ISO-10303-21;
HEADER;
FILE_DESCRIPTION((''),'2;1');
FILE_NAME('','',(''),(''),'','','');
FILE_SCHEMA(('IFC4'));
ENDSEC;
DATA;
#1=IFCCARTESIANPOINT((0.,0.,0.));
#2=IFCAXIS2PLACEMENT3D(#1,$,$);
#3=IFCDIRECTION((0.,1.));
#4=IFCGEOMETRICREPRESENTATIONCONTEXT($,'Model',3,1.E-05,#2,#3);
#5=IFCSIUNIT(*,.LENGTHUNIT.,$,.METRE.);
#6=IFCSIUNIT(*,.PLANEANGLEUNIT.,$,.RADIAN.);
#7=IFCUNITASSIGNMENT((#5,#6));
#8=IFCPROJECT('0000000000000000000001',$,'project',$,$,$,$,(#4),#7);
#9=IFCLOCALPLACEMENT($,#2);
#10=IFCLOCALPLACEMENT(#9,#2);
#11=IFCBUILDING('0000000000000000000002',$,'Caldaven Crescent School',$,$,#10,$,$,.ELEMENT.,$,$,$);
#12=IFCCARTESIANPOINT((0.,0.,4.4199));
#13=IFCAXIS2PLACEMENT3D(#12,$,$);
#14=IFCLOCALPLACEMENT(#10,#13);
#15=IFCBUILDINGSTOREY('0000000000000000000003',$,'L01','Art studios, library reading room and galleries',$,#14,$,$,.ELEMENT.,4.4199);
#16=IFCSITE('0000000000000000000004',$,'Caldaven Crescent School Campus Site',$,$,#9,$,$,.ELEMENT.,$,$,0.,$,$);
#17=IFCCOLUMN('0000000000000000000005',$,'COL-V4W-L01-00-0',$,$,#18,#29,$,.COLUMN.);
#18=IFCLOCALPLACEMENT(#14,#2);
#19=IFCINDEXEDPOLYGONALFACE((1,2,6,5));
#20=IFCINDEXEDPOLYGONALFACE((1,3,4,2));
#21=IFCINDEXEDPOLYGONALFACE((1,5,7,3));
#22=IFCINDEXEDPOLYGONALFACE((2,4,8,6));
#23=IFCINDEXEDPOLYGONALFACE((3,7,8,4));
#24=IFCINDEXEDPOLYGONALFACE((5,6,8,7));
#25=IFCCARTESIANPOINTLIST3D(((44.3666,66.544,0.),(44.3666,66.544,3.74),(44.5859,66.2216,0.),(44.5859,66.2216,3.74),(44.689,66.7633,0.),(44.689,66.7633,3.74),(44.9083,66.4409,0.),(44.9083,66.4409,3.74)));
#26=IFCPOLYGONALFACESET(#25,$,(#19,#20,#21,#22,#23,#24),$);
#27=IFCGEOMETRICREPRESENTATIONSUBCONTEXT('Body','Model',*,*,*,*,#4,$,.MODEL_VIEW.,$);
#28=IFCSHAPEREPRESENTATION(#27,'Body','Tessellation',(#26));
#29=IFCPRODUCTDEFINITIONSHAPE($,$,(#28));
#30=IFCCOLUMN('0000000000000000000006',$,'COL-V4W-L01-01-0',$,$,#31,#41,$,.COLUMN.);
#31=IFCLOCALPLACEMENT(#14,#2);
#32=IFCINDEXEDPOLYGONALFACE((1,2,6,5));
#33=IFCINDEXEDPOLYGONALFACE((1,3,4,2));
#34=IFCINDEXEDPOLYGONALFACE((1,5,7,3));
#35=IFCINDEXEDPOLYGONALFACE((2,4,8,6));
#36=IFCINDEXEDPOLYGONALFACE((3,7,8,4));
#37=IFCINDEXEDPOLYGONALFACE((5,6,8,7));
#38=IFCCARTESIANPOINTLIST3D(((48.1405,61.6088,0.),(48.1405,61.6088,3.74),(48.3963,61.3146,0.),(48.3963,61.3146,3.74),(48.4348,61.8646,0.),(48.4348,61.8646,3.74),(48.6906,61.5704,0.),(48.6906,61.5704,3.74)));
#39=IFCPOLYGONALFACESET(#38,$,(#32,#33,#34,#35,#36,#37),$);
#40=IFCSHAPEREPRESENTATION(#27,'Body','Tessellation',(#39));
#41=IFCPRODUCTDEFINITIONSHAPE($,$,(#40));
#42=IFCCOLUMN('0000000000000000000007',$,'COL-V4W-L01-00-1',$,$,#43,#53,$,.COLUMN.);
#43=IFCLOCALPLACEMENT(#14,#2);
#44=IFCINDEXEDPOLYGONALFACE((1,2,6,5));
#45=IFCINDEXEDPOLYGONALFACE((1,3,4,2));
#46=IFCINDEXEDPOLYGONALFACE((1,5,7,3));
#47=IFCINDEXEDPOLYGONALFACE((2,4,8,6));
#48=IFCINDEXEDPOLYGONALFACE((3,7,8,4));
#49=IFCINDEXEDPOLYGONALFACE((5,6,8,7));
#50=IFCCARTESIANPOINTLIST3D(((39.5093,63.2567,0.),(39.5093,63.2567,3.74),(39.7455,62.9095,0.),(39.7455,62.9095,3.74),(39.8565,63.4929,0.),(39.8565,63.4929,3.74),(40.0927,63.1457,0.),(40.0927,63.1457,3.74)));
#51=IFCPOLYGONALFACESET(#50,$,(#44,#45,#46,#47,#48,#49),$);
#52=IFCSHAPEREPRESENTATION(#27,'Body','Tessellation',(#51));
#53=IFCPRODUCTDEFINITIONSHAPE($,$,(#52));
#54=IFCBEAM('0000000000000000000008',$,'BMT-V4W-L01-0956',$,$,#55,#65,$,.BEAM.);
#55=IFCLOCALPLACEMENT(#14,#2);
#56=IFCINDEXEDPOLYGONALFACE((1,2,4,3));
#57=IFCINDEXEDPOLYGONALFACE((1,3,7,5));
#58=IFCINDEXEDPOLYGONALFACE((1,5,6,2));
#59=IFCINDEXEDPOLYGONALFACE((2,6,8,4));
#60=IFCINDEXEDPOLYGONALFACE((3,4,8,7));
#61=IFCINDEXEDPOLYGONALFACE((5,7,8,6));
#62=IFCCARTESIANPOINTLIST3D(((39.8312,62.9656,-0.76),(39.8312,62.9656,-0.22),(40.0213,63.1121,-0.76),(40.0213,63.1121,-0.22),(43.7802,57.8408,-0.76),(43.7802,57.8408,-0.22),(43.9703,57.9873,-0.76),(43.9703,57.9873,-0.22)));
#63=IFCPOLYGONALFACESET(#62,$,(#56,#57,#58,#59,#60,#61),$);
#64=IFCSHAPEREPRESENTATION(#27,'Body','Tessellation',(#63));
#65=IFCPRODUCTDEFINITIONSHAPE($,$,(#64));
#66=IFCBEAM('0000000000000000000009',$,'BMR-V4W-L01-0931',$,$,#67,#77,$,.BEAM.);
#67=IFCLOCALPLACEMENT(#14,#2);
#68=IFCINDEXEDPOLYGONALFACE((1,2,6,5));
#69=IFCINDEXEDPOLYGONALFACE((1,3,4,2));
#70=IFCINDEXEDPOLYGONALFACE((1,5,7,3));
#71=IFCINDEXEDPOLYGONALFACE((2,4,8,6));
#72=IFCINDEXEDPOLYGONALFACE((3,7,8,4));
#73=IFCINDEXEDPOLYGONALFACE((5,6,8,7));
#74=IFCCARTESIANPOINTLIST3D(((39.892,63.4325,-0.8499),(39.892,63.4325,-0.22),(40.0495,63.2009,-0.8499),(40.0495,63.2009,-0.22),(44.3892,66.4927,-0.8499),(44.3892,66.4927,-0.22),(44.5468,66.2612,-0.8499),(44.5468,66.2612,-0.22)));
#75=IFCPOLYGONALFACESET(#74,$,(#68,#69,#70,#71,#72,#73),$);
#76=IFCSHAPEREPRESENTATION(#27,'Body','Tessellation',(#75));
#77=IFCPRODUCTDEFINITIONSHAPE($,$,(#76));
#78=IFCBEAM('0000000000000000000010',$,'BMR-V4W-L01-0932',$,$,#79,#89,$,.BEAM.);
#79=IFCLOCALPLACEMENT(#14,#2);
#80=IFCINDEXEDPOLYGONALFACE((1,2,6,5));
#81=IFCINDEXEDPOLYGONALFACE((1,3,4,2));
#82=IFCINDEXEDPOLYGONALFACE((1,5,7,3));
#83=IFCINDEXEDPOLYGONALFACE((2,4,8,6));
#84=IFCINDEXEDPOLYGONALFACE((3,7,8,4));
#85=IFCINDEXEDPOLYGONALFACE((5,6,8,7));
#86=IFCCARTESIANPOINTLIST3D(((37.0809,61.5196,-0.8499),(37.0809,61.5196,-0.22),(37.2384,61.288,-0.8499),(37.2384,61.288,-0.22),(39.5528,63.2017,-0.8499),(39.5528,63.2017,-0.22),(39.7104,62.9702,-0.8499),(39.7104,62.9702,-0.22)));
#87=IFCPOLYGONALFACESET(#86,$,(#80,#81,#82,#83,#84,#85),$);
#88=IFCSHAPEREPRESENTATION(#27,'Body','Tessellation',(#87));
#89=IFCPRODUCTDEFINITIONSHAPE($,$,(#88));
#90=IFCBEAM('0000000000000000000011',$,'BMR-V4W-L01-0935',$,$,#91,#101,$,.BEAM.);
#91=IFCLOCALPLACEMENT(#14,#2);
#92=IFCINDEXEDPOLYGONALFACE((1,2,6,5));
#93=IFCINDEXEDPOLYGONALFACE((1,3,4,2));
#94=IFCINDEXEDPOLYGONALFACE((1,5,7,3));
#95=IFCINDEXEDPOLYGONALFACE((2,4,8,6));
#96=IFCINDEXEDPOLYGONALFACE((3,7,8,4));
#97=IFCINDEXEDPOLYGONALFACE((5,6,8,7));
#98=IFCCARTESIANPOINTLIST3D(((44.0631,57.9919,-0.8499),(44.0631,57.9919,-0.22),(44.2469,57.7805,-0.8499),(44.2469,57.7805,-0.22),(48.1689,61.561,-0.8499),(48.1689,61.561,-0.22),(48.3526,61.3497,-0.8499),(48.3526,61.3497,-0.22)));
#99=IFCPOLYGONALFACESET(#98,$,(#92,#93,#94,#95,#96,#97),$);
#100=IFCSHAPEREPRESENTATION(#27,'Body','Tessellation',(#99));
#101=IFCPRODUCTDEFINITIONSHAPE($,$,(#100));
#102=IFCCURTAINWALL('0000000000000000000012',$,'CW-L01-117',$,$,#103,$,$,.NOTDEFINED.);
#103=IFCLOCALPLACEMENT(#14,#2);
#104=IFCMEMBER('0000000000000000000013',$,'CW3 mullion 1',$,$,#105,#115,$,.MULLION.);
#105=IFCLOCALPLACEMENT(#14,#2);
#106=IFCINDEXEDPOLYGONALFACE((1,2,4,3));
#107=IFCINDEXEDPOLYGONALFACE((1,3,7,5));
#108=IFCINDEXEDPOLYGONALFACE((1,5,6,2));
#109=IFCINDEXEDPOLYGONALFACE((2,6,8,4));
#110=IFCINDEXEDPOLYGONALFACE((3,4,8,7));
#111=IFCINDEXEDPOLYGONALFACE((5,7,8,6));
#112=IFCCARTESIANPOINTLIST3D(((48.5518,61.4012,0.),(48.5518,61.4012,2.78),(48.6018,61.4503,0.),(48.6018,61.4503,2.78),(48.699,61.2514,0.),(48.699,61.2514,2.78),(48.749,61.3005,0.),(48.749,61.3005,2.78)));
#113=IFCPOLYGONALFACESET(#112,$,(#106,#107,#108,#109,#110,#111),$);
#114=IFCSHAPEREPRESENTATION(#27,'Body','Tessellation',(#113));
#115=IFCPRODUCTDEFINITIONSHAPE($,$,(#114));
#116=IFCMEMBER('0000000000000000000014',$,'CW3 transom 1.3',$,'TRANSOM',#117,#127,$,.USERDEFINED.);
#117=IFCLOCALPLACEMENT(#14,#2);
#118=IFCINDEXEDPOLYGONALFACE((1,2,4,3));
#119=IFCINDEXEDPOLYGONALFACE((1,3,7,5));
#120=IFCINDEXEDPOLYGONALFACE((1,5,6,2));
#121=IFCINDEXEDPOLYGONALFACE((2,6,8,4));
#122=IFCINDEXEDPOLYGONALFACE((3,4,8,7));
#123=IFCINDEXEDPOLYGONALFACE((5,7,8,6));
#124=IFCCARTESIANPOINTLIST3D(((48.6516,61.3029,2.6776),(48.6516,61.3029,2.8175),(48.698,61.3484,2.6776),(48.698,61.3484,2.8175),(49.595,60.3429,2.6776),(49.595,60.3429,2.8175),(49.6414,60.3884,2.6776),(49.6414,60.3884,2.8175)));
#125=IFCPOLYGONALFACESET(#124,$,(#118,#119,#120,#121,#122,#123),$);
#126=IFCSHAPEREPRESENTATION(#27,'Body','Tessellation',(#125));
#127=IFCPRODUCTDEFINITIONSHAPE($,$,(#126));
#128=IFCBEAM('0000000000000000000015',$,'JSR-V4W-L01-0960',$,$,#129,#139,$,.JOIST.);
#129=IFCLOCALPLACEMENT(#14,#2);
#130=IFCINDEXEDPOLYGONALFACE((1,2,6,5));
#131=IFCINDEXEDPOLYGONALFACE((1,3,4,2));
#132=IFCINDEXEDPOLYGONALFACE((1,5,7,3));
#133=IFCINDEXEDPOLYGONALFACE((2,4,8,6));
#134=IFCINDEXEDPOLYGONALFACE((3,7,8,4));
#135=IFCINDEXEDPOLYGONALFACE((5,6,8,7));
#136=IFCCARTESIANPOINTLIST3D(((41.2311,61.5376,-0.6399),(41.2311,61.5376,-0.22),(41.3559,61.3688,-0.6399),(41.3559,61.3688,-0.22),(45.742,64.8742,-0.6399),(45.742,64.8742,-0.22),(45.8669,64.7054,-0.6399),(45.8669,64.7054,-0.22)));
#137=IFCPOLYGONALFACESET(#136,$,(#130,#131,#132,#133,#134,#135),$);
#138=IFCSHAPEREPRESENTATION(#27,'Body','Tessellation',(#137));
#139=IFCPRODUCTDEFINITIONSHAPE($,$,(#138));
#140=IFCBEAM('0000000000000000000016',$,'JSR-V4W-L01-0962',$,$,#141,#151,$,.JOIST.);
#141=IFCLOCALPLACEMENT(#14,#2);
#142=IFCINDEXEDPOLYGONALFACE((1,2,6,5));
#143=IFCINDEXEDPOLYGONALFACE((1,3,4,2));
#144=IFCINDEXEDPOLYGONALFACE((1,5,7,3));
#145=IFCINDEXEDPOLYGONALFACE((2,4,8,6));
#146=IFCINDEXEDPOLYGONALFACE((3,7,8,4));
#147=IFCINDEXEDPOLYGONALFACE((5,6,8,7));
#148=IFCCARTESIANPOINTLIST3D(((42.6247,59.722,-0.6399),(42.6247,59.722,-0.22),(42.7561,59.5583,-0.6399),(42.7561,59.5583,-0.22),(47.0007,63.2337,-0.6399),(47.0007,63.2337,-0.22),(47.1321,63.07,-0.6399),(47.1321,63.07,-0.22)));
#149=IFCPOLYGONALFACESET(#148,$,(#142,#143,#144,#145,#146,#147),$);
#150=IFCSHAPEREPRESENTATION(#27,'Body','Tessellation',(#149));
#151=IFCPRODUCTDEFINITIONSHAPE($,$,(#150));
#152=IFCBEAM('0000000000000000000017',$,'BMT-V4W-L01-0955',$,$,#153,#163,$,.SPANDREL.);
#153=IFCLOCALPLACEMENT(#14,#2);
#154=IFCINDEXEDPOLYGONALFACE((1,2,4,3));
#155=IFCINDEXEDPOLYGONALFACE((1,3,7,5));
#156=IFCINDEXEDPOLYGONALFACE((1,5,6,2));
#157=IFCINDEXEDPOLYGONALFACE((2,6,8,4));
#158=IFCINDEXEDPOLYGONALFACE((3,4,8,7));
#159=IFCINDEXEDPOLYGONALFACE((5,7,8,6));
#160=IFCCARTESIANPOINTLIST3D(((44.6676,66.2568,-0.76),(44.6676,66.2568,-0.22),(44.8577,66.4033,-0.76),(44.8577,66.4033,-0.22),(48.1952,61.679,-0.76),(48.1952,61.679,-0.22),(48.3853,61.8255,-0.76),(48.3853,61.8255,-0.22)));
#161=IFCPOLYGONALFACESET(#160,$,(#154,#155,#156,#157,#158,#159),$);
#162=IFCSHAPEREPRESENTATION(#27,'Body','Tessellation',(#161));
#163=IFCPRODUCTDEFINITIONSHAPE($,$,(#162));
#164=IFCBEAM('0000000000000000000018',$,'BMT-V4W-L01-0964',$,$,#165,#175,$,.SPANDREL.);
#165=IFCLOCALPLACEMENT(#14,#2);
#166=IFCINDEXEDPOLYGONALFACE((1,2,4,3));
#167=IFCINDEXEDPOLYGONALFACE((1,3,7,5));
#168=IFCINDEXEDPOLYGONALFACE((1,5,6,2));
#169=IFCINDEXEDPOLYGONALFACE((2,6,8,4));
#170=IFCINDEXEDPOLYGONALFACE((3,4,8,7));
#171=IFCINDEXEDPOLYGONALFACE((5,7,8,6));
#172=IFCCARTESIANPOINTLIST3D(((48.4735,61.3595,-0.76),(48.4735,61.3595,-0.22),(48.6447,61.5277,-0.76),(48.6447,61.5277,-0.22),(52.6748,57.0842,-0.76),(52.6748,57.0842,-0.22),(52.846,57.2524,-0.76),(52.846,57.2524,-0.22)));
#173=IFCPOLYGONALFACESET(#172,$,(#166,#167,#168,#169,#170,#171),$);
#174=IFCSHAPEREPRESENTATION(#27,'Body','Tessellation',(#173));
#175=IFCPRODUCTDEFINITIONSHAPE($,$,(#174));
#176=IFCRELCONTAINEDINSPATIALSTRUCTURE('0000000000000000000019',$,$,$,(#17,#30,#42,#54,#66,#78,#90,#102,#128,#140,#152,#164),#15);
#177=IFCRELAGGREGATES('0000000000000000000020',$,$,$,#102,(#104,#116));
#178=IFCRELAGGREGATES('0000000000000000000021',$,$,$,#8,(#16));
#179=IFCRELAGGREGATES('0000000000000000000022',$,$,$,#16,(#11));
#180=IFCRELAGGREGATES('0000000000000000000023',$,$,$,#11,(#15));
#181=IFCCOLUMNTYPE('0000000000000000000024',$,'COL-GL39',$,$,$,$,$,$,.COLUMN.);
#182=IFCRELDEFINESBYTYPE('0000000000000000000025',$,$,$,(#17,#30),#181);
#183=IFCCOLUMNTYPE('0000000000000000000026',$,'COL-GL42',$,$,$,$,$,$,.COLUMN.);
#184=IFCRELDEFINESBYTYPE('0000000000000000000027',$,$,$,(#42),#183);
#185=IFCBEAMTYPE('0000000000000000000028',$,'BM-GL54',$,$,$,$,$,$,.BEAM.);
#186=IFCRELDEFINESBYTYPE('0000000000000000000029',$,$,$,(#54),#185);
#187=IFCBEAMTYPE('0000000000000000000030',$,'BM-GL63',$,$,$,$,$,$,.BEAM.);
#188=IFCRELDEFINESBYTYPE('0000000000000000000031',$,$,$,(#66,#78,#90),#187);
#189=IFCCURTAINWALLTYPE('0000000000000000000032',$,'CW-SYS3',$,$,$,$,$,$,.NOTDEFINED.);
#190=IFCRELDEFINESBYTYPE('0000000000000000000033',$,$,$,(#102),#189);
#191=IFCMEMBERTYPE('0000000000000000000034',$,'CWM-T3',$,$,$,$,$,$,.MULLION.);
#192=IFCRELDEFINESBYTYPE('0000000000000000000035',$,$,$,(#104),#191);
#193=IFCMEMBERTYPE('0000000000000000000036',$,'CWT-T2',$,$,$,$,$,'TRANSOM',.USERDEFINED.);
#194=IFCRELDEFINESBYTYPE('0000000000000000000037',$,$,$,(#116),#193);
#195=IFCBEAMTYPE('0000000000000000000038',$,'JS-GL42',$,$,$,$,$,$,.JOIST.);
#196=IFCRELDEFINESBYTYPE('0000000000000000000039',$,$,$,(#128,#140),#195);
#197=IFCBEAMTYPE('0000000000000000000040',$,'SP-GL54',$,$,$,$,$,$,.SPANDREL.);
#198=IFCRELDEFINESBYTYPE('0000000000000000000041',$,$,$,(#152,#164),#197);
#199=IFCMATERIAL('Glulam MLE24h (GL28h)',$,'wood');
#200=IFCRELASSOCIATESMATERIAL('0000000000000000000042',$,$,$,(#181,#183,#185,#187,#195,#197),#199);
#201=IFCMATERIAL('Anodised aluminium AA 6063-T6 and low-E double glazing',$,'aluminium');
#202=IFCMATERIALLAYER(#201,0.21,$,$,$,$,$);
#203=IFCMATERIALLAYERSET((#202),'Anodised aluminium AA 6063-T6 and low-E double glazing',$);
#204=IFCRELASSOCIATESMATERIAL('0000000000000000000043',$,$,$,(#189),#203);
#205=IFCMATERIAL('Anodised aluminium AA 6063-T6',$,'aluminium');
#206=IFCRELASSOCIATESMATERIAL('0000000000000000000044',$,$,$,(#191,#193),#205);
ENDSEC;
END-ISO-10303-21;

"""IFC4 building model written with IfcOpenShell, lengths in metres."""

from ifc_helpers import new_model, si_unit, direction, frame, origin, origin_2d, place, context, subcontext, project, spatial, rectangle, extrude, material, layer, layer_set, material_profile, profile_set, type_object, element, aggregate, save


model = new_model("IFC4")

# Units and contexts
model_context = context("Model", 3, precision=1e-05, world=origin(), true_north=direction((0.0, 1.0)))
body_context = subcontext(model_context, "Body", "Model", "MODEL_VIEW")
ifc_project = project(units=[si_unit("LENGTHUNIT", "METRE"), si_unit("PLANEANGLEUNIT", "RADIAN")], contexts=[model_context])

# Site, building, storey
site_placement = place(None, origin())
site = spatial("IfcSite", under=ifc_project, at=site_placement, Name="Caldaven Crescent School Campus Site", CompositionType="ELEMENT", RefElevation=0.0)
building_placement = place(site_placement, origin())
building = spatial("IfcBuilding", under=site, at=building_placement, Name="Caldaven Crescent School", CompositionType="ELEMENT")
storey_placement = place(building_placement, frame((0.0, 0.0, 4.4199)))
storey = spatial("IfcBuildingStorey", under=building, at=storey_placement, Name="L01", Description="Art studios, library reading room and galleries", CompositionType="ELEMENT", Elevation=4.4199)

# Columns
ifc_material_1 = material(Name="Glulam MLE24h (GL28h)", Category="wood")
ifc_material_profile_1 = material_profile(ifc_material_1, rectangle(XDim=0.3899, YDim=0.3899, at=origin_2d()), Name="MLE 390x390")
ifc_profile_set_1 = profile_set([ifc_material_profile_1], Name="Glulam MLE24h (GL28h)")
column_type_1 = type_object("IfcColumnType", Name="COL-GL39", PredefinedType="COLUMN", material=ifc_profile_set_1)
for number, where, z_axis, x_axis, name in (
    (1, (44.6375, 66.4924, 0.0), (0.0, 0.0, 1.0), (-0.826786, -0.562516, 0.0), "COL-V4W-L01-00-0"),
    (2, (48.4155, 61.5896, 0.0), (0.0, 0.0, 1.0), (-0.75471, -0.656059, 0.0), "COL-V4W-L01-01-0"),
):
    element("IfcColumn", number, at=place(storey_placement, frame(where, z_axis=z_axis, x_axis=x_axis)), inside=storey, type_object=column_type_1, Name=name, PredefinedType="COLUMN", context=body_context, shape_type="SweptSolid", body=[
        extrude(rectangle(XDim=0.3899, YDim=0.3899, at=origin_2d()), origin(), (0.0, 0.0, 1.0), 3.74),
    ])
ifc_material_profile_2 = material_profile(ifc_material_1, rectangle(XDim=0.4199, YDim=0.4199, at=origin_2d()), Name="MLE 420x420")
ifc_profile_set_2 = profile_set([ifc_material_profile_2], Name="Glulam MLE24h (GL28h)")
column_type_2 = type_object("IfcColumnType", Name="COL-GL42", PredefinedType="COLUMN", material=ifc_profile_set_2)
column_placement = place(storey_placement, frame((39.801, 63.2012, 0.0), z_axis=(0.0, 0.0, 1.0), x_axis=(-0.826786, -0.562516, 0.0)))
element("IfcColumn", 3, at=column_placement, inside=storey, type_object=column_type_2, Name="COL-V4W-L01-00-1", PredefinedType="COLUMN", context=body_context, shape_type="SweptSolid", body=[
    extrude(rectangle(XDim=0.4199, YDim=0.4199, at=origin_2d()), origin(), (0.0, 0.0, 1.0), 3.74),
])

# Beams
ifc_material_profile_3 = material_profile(ifc_material_1, rectangle(XDim=0.24, YDim=0.54, at=origin_2d()), Name="MLE 240x540")
ifc_profile_set_3 = profile_set([ifc_material_profile_3], Name="Glulam MLE24h (GL28h)")
beam_type_1 = type_object("IfcBeamType", Name="BM-GL54", PredefinedType="BEAM", material=ifc_profile_set_3)
beam_1_placement = place(storey_placement, frame((39.9263, 63.0388, -0.49), z_axis=(0.610376, -0.792112, 0.0), x_axis=(0.792112, 0.610376, 0.0)))
element("IfcBeam", 4, at=beam_1_placement, inside=storey, type_object=beam_type_1, Name="BMT-V4W-L01-0956", PredefinedType="BEAM", context=body_context, shape_type="SweptSolid", body=[
    extrude(rectangle(XDim=0.24, YDim=0.54, at=origin_2d()), origin(), (0.0, 0.0, 1.0), 6.4697),
])
ifc_material_profile_4 = material_profile(ifc_material_1, rectangle(XDim=0.28, YDim=0.6299, at=origin_2d()), Name="MLE 280x630")
ifc_profile_set_4 = profile_set([ifc_material_profile_4], Name="Glulam MLE24h (GL28h)")
beam_type_2 = type_object("IfcBeamType", Name="BM-GL63", PredefinedType="BEAM", material=ifc_profile_set_4)
beam_2_placement = place(storey_placement, frame((44.468, 66.377, -0.5349), z_axis=(-0.826744, -0.562578, 0.0), x_axis=(0.562578, -0.826744, 0.0)))
element("IfcBeam", 5, at=beam_2_placement, inside=storey, type_object=beam_type_2, Name="BMR-V4W-L01-0931", PredefinedType="BEAM", context=body_context, shape_type="SweptSolid", body=[
    extrude(rectangle(XDim=0.28, YDim=0.6299, at=origin_2d()), origin(), (0.0, 0.0, 1.0), 5.4397),
])
beam_3_placement = place(storey_placement, frame((39.6316, 63.0859, -0.5349), z_axis=(-0.826737, -0.562589, 0.0), x_axis=(0.562589, -0.826737, 0.0)))
element("IfcBeam", 6, at=beam_3_placement, inside=storey, type_object=beam_type_2, Name="BMR-V4W-L01-0932", PredefinedType="BEAM", context=body_context, shape_type="SweptSolid", body=[
    extrude(rectangle(XDim=0.28, YDim=0.6299, at=origin_2d()), origin(), (0.0, 0.0, 1.0), 2.99),
])
beam_4_placement = place(storey_placement, frame((48.2607, 61.4553, -0.5349), z_axis=(-0.754705, -0.656064, 0.0), x_axis=(0.656064, -0.754705, 0.0)))
element("IfcBeam", 7, at=beam_4_placement, inside=storey, type_object=beam_type_2, Name="BMR-V4W-L01-0935", PredefinedType="BEAM", context=body_context, shape_type="SweptSolid", body=[
    extrude(rectangle(XDim=0.28, YDim=0.6299, at=origin_2d()), origin(), (0.0, 0.0, 1.0), 5.4402),
])

# Curtain wall, members
ifc_material_2 = material(Name="Anodised aluminium AA 6063-T6 and low-E double glazing", Category="aluminium")
ifc_layer_1 = layer(ifc_material_2, 0.21)
ifc_layer_set_1 = layer_set([ifc_layer_1], Name="Anodised aluminium AA 6063-T6 and low-E double glazing")
curtain_wall_type = type_object("IfcCurtainWallType", Name="CW-SYS3", PredefinedType="NOTDEFINED", material=ifc_layer_set_1)
curtain_wall_placement = place(storey_placement, origin())
curtain_wall = element("IfcCurtainWall", 8, at=curtain_wall_placement, inside=storey, type_object=curtain_wall_type, Name="CW-L01-117", PredefinedType="NOTDEFINED")
ifc_material_3 = material(Name="Anodised aluminium AA 6063-T6", Category="aluminium")
ifc_material_profile_5 = material_profile(ifc_material_3, rectangle(XDim=0.0701, YDim=0.21, at=origin_2d()), Name="CWM 70x210")
ifc_profile_set_5 = profile_set([ifc_material_profile_5], Name="Anodised aluminium AA 6063-T6")
member_type_1 = type_object("IfcMemberType", Name="CWM-T3", PredefinedType="MULLION", material=ifc_profile_set_5)
member_1_placement = place(storey_placement, frame((48.6504, 61.3508, 0.0), z_axis=(0.0, 0.0, 1.0), x_axis=(0.713251, 0.700909, 0.0)))
member_1 = element("IfcMember", 9, at=member_1_placement, type_object=member_type_1, Name="CW3 mullion 1", PredefinedType="MULLION", context=body_context, shape_type="SweptSolid", body=[
    extrude(rectangle(XDim=0.0701, YDim=0.21, at=origin_2d()), origin(), (0.0, 0.0, 1.0), 2.78),
])
ifc_material_profile_6 = material_profile(ifc_material_3, rectangle(XDim=0.0649, YDim=0.1399, at=origin_2d()), Name="CWT 65x140")
ifc_profile_set_6 = profile_set([ifc_material_profile_6], Name="Anodised aluminium AA 6063-T6")
member_type_2 = type_object("IfcMemberType", Name="CWT-T2", ElementType="TRANSOM", PredefinedType="USERDEFINED", material=ifc_profile_set_6)
member_2_placement = place(storey_placement, frame((48.6748, 61.3257, 2.7476), z_axis=(0.700912, -0.713247, 0.0), x_axis=(0.713247, 0.700912, 0.0)))
member_2 = element("IfcMember", 10, at=member_2_placement, type_object=member_type_2, Name="CW3 transom 1.3", ObjectType="TRANSOM", PredefinedType="USERDEFINED", context=body_context, shape_type="SweptSolid", body=[
    extrude(rectangle(XDim=0.0649, YDim=0.1399, at=origin_2d()), origin(), (0.0, 0.0, 1.0), 1.3459),
])
aggregate(curtain_wall, [member_1, member_2])

# Beams
ifc_material_profile_7 = material_profile(ifc_material_1, rectangle(XDim=0.21, YDim=0.4199, at=origin_2d()), Name="MLE 210x420")
ifc_profile_set_7 = profile_set([ifc_material_profile_7], Name="Glulam MLE24h (GL28h)")
beam_type_3 = type_object("IfcBeamType", Name="JS-GL42", PredefinedType="JOIST", material=ifc_profile_set_7)
for number, where, z_axis, x_axis, name in (
    (11, (45.8044, 64.7898, -0.4299), (-0.803966, -0.594675, 0.0), (0.594675, -0.803966, 0.0), "JSR-V4W-L01-0960"),
    (12, (47.0664, 63.1519, -0.4299), (-0.779917, -0.625883, 0.0), (0.625883, -0.779917, 0.0), "JSR-V4W-L01-0962"),
):
    element("IfcBeam", number, at=place(storey_placement, frame(where, z_axis=z_axis, x_axis=x_axis)), inside=storey, type_object=beam_type_3, Name=name, PredefinedType="JOIST", context=body_context, shape_type="SweptSolid", body=[
        extrude(rectangle(XDim=0.21, YDim=0.4199, at=origin_2d()), origin(), (0.0, 0.0, 1.0), 5.6108),
    ])
ifc_material_profile_8 = material_profile(ifc_material_1, rectangle(XDim=0.24, YDim=0.54, at=origin_2d()), Name="MLE 240x540")
ifc_profile_set_8 = profile_set([ifc_material_profile_8], Name="Glulam MLE24h (GL28h)")
beam_type_4 = type_object("IfcBeamType", Name="SP-GL54", PredefinedType="SPANDREL", material=ifc_profile_set_8)
beam_5_placement = place(storey_placement, frame((44.7627, 66.3301, -0.49), z_axis=(0.610378, -0.79211, 0.0), x_axis=(0.79211, 0.610378, 0.0)))
element("IfcBeam", 13, at=beam_5_placement, inside=storey, type_object=beam_type_4, Name="BMT-V4W-L01-0955", PredefinedType="SPANDREL", context=body_context, shape_type="SweptSolid", body=[
    extrude(rectangle(XDim=0.24, YDim=0.54, at=origin_2d()), origin(), (0.0, 0.0, 1.0), 5.7793),
])
beam_6_placement = place(storey_placement, frame((48.5591, 61.4436, -0.49), z_axis=(0.700909, -0.71325, 0.0), x_axis=(0.71325, 0.700909, 0.0)))
element("IfcBeam", 14, at=beam_6_placement, inside=storey, type_object=beam_type_4, Name="BMT-V4W-L01-0964", PredefinedType="SPANDREL", context=body_context, shape_type="SweptSolid", body=[
    extrude(rectangle(XDim=0.24, YDim=0.54, at=origin_2d()), origin(), (0.0, 0.0, 1.0), 5.9941),
])

save(model, "model.ifc")
